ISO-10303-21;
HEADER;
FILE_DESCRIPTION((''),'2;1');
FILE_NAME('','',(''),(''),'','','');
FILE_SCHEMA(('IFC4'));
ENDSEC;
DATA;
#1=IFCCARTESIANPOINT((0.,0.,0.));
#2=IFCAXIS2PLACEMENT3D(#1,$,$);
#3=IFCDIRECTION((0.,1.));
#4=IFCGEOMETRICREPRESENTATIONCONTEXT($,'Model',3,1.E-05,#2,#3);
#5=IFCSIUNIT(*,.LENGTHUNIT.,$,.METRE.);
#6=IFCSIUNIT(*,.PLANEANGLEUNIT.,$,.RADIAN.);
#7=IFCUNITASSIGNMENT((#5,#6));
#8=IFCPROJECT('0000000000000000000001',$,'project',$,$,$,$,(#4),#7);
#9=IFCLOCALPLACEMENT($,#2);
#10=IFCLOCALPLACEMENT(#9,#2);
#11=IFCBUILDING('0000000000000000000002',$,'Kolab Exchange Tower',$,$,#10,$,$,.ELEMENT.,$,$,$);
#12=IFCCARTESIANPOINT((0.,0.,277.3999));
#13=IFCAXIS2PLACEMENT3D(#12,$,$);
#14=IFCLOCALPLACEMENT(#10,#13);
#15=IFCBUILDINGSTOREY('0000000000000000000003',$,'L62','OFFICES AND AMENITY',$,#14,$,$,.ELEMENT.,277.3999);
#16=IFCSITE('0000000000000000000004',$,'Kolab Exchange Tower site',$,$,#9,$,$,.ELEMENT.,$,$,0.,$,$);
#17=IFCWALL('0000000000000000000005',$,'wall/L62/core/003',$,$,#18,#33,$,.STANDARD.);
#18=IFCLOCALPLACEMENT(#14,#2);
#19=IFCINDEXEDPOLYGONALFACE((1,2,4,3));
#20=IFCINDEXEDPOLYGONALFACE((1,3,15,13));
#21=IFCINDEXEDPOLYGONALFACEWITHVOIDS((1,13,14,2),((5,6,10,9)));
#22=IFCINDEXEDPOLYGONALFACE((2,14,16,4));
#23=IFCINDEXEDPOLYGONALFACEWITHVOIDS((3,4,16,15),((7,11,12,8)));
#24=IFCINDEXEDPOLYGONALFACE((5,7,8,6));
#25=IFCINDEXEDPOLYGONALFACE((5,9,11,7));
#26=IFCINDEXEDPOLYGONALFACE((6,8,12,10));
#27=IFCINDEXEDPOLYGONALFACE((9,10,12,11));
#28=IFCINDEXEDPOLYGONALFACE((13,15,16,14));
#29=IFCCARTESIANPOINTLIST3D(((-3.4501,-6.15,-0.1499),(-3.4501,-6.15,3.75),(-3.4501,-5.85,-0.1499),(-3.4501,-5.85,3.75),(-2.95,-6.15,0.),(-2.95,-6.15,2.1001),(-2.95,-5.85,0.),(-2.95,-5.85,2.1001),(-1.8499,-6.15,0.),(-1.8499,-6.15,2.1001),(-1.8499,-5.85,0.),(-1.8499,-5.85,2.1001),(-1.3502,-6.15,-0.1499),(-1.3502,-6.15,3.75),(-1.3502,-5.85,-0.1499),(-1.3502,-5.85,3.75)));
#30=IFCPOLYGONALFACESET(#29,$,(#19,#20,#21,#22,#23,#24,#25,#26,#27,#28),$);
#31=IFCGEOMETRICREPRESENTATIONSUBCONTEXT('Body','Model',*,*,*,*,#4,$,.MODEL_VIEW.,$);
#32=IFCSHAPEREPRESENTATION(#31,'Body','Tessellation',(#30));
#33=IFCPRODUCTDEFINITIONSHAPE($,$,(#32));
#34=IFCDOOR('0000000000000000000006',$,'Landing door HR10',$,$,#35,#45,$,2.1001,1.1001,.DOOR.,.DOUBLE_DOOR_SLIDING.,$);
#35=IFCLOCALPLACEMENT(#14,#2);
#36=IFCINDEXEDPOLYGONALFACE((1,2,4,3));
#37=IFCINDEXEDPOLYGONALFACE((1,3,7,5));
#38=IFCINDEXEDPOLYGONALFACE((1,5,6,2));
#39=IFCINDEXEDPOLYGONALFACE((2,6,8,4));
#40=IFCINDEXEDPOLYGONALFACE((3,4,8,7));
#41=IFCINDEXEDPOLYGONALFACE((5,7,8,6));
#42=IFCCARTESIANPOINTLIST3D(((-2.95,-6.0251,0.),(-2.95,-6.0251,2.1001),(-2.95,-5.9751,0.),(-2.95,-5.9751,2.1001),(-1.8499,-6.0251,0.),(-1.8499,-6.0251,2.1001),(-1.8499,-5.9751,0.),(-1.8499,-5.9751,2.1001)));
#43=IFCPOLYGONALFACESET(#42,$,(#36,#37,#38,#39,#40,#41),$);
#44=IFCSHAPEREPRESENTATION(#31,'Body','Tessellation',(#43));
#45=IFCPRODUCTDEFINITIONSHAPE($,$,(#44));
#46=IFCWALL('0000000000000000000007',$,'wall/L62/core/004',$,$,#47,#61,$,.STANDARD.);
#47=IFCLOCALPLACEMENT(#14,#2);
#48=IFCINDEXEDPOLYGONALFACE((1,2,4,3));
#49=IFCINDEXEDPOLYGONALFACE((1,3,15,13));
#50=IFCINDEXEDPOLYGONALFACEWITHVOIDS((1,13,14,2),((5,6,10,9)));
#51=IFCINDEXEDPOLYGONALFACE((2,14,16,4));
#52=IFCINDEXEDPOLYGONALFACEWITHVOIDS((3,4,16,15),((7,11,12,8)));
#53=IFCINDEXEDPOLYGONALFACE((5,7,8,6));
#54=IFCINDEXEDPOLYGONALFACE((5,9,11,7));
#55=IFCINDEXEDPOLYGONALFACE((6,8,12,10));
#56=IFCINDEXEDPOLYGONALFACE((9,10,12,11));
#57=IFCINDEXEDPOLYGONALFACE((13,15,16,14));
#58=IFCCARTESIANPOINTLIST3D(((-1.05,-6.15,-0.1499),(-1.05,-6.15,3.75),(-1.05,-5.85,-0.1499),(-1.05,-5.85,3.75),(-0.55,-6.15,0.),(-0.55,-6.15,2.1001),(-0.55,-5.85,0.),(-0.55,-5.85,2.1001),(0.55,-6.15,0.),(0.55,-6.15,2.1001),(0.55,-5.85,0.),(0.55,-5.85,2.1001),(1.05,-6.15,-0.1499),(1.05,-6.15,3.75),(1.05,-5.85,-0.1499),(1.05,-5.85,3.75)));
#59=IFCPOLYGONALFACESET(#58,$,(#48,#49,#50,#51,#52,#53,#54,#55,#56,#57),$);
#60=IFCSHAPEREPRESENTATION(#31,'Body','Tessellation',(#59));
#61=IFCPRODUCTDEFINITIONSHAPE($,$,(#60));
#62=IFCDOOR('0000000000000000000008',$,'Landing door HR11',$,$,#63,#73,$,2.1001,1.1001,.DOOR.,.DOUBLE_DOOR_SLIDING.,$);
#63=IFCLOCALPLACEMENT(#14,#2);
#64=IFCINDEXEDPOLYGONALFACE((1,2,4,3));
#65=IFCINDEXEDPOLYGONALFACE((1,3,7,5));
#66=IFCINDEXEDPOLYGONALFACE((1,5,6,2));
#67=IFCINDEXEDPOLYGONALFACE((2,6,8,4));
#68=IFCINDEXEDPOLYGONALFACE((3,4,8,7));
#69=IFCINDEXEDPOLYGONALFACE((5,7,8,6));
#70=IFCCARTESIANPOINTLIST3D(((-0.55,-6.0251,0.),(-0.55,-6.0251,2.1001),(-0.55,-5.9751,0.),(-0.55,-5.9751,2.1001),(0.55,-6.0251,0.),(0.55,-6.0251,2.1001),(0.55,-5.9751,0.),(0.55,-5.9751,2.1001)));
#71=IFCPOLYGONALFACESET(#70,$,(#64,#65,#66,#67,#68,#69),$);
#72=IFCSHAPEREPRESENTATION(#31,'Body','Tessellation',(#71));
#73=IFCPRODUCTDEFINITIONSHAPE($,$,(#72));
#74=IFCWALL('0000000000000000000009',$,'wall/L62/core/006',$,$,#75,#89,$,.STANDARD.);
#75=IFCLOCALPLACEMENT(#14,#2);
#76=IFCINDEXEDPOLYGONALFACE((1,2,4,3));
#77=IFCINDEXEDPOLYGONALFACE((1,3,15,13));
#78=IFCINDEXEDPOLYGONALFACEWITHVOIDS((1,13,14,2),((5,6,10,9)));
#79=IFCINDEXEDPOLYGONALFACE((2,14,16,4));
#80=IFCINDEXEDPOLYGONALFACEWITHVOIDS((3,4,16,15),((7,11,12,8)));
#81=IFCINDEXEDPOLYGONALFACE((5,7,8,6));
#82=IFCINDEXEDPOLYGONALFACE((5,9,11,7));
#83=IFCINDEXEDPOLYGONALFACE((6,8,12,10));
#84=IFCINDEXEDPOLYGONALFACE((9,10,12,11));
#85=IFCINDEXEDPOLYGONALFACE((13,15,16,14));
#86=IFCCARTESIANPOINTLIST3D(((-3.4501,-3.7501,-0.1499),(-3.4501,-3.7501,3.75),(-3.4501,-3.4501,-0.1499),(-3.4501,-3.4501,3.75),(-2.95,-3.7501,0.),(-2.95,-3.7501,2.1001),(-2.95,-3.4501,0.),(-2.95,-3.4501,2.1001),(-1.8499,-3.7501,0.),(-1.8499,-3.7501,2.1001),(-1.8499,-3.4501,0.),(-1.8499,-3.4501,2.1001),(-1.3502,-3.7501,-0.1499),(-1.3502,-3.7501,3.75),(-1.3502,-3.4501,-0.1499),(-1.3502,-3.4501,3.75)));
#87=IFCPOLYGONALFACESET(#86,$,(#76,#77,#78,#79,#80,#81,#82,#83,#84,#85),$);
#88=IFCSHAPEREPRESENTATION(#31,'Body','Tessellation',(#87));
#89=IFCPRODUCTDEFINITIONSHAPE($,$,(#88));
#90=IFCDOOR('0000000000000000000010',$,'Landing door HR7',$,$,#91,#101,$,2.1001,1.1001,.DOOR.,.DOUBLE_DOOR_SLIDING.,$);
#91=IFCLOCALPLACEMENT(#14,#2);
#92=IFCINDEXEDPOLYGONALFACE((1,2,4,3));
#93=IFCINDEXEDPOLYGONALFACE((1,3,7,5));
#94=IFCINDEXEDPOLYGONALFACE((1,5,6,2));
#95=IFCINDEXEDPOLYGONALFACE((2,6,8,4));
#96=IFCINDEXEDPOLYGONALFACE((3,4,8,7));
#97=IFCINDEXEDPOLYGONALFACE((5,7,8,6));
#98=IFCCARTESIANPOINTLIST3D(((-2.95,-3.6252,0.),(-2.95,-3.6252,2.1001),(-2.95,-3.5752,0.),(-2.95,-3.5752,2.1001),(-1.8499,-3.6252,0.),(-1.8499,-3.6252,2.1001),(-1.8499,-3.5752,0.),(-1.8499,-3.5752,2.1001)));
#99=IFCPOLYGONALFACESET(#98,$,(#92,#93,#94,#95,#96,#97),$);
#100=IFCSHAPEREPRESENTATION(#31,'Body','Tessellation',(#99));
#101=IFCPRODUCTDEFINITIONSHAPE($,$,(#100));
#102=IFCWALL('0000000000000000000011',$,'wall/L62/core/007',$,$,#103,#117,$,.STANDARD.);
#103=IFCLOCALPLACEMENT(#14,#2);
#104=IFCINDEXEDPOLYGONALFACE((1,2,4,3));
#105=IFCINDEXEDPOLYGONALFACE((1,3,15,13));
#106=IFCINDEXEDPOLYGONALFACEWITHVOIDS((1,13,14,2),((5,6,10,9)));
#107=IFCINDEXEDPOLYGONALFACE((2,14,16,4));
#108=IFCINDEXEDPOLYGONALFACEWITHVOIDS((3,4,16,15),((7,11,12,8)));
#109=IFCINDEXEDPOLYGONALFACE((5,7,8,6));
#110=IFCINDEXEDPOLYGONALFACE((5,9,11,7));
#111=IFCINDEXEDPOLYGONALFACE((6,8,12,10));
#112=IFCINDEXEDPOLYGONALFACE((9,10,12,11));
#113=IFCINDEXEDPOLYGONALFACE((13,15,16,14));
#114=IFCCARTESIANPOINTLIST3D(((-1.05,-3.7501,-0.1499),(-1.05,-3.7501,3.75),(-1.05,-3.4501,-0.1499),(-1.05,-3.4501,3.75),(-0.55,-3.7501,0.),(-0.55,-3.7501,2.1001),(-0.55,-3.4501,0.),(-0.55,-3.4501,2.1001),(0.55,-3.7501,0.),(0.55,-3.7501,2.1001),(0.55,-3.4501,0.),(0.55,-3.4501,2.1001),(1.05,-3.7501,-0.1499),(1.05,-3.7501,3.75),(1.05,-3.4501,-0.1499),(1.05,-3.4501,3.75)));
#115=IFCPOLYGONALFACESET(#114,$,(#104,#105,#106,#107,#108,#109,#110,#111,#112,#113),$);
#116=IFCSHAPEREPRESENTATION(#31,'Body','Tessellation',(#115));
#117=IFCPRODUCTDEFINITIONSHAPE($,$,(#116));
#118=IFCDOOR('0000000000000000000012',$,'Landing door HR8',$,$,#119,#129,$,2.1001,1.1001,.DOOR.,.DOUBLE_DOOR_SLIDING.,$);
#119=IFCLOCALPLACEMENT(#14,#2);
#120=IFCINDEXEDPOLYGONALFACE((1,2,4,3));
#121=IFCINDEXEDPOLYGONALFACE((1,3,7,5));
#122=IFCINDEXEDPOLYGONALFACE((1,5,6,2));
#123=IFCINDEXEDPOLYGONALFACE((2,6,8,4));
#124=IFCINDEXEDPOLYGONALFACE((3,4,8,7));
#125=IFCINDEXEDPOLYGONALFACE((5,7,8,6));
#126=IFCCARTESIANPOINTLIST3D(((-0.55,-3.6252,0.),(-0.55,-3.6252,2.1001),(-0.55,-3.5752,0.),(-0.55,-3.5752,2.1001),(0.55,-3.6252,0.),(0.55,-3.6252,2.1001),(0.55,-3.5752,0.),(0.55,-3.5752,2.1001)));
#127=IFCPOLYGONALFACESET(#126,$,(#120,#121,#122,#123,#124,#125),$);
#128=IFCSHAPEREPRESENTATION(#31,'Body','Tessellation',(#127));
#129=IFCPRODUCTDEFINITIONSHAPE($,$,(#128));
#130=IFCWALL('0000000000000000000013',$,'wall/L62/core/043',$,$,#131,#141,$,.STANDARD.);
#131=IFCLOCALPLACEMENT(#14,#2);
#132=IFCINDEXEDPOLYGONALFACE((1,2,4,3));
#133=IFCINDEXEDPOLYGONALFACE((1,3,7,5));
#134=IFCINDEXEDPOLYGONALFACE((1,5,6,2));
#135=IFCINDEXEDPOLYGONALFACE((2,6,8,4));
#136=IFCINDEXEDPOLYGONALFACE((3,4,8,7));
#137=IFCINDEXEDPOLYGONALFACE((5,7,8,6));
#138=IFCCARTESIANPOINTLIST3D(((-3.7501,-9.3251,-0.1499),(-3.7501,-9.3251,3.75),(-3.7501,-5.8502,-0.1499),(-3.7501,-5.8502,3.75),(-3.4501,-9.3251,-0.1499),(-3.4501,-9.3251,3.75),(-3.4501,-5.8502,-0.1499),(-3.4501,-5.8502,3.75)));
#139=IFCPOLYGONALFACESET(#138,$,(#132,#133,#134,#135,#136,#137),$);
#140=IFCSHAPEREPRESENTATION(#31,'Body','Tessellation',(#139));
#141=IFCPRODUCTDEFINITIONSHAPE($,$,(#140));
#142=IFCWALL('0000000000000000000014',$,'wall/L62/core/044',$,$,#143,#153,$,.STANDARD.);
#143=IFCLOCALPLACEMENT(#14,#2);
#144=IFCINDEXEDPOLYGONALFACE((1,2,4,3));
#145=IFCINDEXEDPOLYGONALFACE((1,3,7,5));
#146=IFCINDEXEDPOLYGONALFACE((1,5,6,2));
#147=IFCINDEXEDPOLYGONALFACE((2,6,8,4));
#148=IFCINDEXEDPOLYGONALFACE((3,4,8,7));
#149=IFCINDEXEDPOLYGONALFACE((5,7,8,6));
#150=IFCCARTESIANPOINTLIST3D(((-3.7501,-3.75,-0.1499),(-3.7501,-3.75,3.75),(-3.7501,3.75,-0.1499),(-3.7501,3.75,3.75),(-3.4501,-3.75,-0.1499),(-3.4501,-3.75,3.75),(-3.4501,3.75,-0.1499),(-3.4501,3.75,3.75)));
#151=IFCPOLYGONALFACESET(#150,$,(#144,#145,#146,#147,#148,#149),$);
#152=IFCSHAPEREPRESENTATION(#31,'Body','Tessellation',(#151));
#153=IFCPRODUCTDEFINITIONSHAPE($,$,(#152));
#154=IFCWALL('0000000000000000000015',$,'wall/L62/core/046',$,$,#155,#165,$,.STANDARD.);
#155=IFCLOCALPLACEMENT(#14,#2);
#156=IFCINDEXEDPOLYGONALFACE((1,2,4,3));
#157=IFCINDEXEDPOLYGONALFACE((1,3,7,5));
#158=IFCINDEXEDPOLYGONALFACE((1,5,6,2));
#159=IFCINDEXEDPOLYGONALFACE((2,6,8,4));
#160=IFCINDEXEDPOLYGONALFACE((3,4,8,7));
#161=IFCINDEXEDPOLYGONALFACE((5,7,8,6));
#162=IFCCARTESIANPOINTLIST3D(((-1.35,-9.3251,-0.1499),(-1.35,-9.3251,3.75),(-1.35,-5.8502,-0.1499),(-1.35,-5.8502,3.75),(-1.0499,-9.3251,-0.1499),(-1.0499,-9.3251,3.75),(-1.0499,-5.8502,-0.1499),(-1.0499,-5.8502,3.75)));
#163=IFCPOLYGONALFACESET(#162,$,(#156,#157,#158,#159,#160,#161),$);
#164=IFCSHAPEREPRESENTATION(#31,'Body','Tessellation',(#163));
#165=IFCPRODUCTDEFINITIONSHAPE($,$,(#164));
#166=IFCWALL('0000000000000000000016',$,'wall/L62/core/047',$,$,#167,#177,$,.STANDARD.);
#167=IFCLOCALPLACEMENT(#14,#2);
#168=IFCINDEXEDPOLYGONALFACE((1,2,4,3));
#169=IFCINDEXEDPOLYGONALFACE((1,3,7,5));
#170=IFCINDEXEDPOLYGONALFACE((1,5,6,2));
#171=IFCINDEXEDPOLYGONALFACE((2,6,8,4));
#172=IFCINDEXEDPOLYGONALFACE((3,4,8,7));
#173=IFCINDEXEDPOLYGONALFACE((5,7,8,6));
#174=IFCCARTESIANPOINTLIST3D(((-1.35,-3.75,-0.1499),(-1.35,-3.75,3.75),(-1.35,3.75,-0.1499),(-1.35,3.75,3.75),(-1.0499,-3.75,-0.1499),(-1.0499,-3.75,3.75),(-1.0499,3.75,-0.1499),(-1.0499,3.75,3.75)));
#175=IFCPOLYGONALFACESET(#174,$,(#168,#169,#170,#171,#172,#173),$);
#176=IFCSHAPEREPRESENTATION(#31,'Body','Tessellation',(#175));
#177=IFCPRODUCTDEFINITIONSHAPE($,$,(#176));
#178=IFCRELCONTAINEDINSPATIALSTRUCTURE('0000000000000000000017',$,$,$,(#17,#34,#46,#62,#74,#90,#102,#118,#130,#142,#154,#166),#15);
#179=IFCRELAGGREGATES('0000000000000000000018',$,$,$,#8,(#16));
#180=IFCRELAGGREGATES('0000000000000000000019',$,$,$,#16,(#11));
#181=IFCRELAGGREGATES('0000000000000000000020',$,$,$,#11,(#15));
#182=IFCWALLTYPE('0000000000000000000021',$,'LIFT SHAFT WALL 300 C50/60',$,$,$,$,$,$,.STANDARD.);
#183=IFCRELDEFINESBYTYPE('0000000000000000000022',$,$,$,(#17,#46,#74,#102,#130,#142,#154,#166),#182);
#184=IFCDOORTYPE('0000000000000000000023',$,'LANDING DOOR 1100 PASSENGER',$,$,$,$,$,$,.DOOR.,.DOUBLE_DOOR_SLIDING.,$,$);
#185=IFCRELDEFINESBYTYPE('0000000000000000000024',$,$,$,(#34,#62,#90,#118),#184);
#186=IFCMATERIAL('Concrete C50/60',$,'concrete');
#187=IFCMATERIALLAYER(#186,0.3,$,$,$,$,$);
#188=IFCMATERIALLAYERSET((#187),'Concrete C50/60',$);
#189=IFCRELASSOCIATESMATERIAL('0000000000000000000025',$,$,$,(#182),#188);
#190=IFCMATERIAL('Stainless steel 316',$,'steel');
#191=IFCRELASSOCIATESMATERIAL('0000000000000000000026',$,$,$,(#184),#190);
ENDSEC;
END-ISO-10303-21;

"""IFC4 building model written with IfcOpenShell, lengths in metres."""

from ifc_helpers import new_model, si_unit, direction, frame, frame_2d, origin, place, context, subcontext, project, spatial, rectangle, extrude, material, layer, layer_set, type_object, element, fill, save


model = new_model("IFC4")

# Units and contexts
model_context = context("Model", 3, precision=1e-05, world=origin(), true_north=direction((0.0, 1.0)))
body_context = subcontext(model_context, "Body", "Model", "MODEL_VIEW")
ifc_project = project(units=[si_unit("LENGTHUNIT", "METRE"), si_unit("PLANEANGLEUNIT", "RADIAN")], contexts=[model_context])

# Site, building, storey
site_placement = place(None, origin())
site = spatial("IfcSite", under=ifc_project, at=site_placement, Name="Kolab Exchange Tower site", CompositionType="ELEMENT", RefElevation=0.0)
building_placement = place(site_placement, origin())
building = spatial("IfcBuilding", under=site, at=building_placement, Name="Kolab Exchange Tower", CompositionType="ELEMENT")
storey_placement = place(building_placement, frame((0.0, 0.0, 277.3999)))
storey = spatial("IfcBuildingStorey", under=building, at=storey_placement, Name="L62", Description="OFFICES AND AMENITY", CompositionType="ELEMENT", Elevation=277.3999)

# Walls, openings, doors
ifc_material_1 = material(Name="Concrete C50/60", Category="concrete")
ifc_layer_1 = layer(ifc_material_1, 0.3)
ifc_layer_set_1 = layer_set([ifc_layer_1], Name="Concrete C50/60")
wall_type_1 = type_object("IfcWallType", Name="LIFT SHAFT WALL 300 C50/60", PredefinedType="STANDARD", material=ifc_layer_set_1)
wall_1_placement = place(storey_placement, frame((-3.45, -6.0, -0.1499), z_axis=(0.0, 0.0, 1.0), x_axis=(1.0, 0.0, 0.0)))
wall_1 = element("IfcWall", 1, at=wall_1_placement, inside=storey, type_object=wall_type_1, Name="wall/L62/core/003", PredefinedType="STANDARD", context=body_context, shape_type="SweptSolid", body=[
    extrude(rectangle(XDim=2.0999, YDim=0.3, at=frame_2d((1.0498, 0.0))), origin(), (0.0, 0.0, 1.0), 3.8999),
])
opening_1_placement = place(wall_1_placement, frame((0.5, 0.0, 0.1499)))
opening_1 = element("IfcOpeningElement", 2, at=opening_1_placement, cuts=wall_1, PredefinedType="OPENING", context=body_context, shape_type="SweptSolid", body=[
    extrude(rectangle(XDim=1.1001, YDim=2.1001, at=frame_2d((0.55, 1.05))), frame((0.0, 0.1602, 0.0), z_axis=(0.0, -1.0, 0.0), x_axis=(1.0, 0.0, 0.0)), (0.0, 0.0, 1.0), 0.3201),
])
ifc_material_2 = material(Name="Stainless steel 316", Category="steel")
door_type_1 = type_object("IfcDoorType", Name="LANDING DOOR 1100 PASSENGER", OperationType="DOUBLE_DOOR_SLIDING", PredefinedType="DOOR", material=ifc_material_2)
door_1_placement = place(opening_1_placement, origin())
door_1 = element("IfcDoor", 3, at=door_1_placement, inside=storey, type_object=door_type_1, Name="Landing door HR10", OperationType="DOUBLE_DOOR_SLIDING", OverallHeight=2.1001, OverallWidth=1.1001, PredefinedType="DOOR", context=body_context, shape_type="SweptSolid", body=[
    extrude(rectangle(XDim=1.1001, YDim=2.1001, at=frame_2d((0.55, 1.05))), frame((0.0, 0.0249, 0.0), z_axis=(0.0, -1.0, 0.0), x_axis=(1.0, 0.0, 0.0)), (0.0, 0.0, 1.0), 0.05),
])
fill(opening_1, door_1)
wall_2_placement = place(storey_placement, frame((-1.05, -6.0, -0.1499), z_axis=(0.0, 0.0, 1.0), x_axis=(1.0, 0.0, 0.0)))
wall_2 = element("IfcWall", 4, at=wall_2_placement, inside=storey, type_object=wall_type_1, Name="wall/L62/core/004", PredefinedType="STANDARD", context=body_context, shape_type="SweptSolid", body=[
    extrude(rectangle(XDim=2.1001, YDim=0.3, at=frame_2d((1.05, 0.0))), origin(), (0.0, 0.0, 1.0), 3.8999),
])
opening_2_placement = place(wall_2_placement, frame((0.5, 0.0, 0.1499)))
opening_2 = element("IfcOpeningElement", 5, at=opening_2_placement, cuts=wall_2, PredefinedType="OPENING", context=body_context, shape_type="SweptSolid", body=[
    extrude(rectangle(XDim=1.1001, YDim=2.1001, at=frame_2d((0.55, 1.05))), frame((0.0, 0.1602, 0.0), z_axis=(0.0, -1.0, 0.0), x_axis=(1.0, 0.0, 0.0)), (0.0, 0.0, 1.0), 0.3201),
])
door_2_placement = place(opening_2_placement, origin())
door_2 = element("IfcDoor", 6, at=door_2_placement, inside=storey, type_object=door_type_1, Name="Landing door HR11", OperationType="DOUBLE_DOOR_SLIDING", OverallHeight=2.1001, OverallWidth=1.1001, PredefinedType="DOOR", context=body_context, shape_type="SweptSolid", body=[
    extrude(rectangle(XDim=1.1001, YDim=2.1001, at=frame_2d((0.55, 1.05))), frame((0.0, 0.0249, 0.0), z_axis=(0.0, -1.0, 0.0), x_axis=(1.0, 0.0, 0.0)), (0.0, 0.0, 1.0), 0.05),
])
fill(opening_2, door_2)
wall_3_placement = place(storey_placement, frame((-3.45, -3.6001, -0.1499), z_axis=(0.0, 0.0, 1.0), x_axis=(1.0, 0.0, 0.0)))
wall_3 = element("IfcWall", 7, at=wall_3_placement, inside=storey, type_object=wall_type_1, Name="wall/L62/core/006", PredefinedType="STANDARD", context=body_context, shape_type="SweptSolid", body=[
    extrude(rectangle(XDim=2.0999, YDim=0.3, at=frame_2d((1.0498, 0.0))), origin(), (0.0, 0.0, 1.0), 3.8999),
])
opening_3_placement = place(wall_3_placement, frame((0.5, 0.0, 0.1499)))
opening_3 = element("IfcOpeningElement", 8, at=opening_3_placement, cuts=wall_3, PredefinedType="OPENING", context=body_context, shape_type="SweptSolid", body=[
    extrude(rectangle(XDim=1.1001, YDim=2.1001, at=frame_2d((0.55, 1.05))), frame((0.0, 0.1602, 0.0), z_axis=(0.0, -1.0, 0.0), x_axis=(1.0, 0.0, 0.0)), (0.0, 0.0, 1.0), 0.3201),
])
door_3_placement = place(opening_3_placement, origin())
door_3 = element("IfcDoor", 9, at=door_3_placement, inside=storey, type_object=door_type_1, Name="Landing door HR7", OperationType="DOUBLE_DOOR_SLIDING", OverallHeight=2.1001, OverallWidth=1.1001, PredefinedType="DOOR", context=body_context, shape_type="SweptSolid", body=[
    extrude(rectangle(XDim=1.1001, YDim=2.1001, at=frame_2d((0.55, 1.05))), frame((0.0, 0.0249, 0.0), z_axis=(0.0, -1.0, 0.0), x_axis=(1.0, 0.0, 0.0)), (0.0, 0.0, 1.0), 0.05),
])
fill(opening_3, door_3)
wall_4_placement = place(storey_placement, frame((-1.05, -3.6001, -0.1499), z_axis=(0.0, 0.0, 1.0), x_axis=(1.0, 0.0, 0.0)))
wall_4 = element("IfcWall", 10, at=wall_4_placement, inside=storey, type_object=wall_type_1, Name="wall/L62/core/007", PredefinedType="STANDARD", context=body_context, shape_type="SweptSolid", body=[
    extrude(rectangle(XDim=2.1001, YDim=0.3, at=frame_2d((1.05, 0.0))), origin(), (0.0, 0.0, 1.0), 3.8999),
])
opening_4_placement = place(wall_4_placement, frame((0.5, 0.0, 0.1499)))
opening_4 = element("IfcOpeningElement", 11, at=opening_4_placement, cuts=wall_4, PredefinedType="OPENING", context=body_context, shape_type="SweptSolid", body=[
    extrude(rectangle(XDim=1.1001, YDim=2.1001, at=frame_2d((0.55, 1.05))), frame((0.0, 0.1602, 0.0), z_axis=(0.0, -1.0, 0.0), x_axis=(1.0, 0.0, 0.0)), (0.0, 0.0, 1.0), 0.3201),
])
door_4_placement = place(opening_4_placement, origin())
door_4 = element("IfcDoor", 12, at=door_4_placement, inside=storey, type_object=door_type_1, Name="Landing door HR8", OperationType="DOUBLE_DOOR_SLIDING", OverallHeight=2.1001, OverallWidth=1.1001, PredefinedType="DOOR", context=body_context, shape_type="SweptSolid", body=[
    extrude(rectangle(XDim=1.1001, YDim=2.1001, at=frame_2d((0.55, 1.05))), frame((0.0, 0.0249, 0.0), z_axis=(0.0, -1.0, 0.0), x_axis=(1.0, 0.0, 0.0)), (0.0, 0.0, 1.0), 0.05),
])
fill(opening_4, door_4)

# Walls
wall_5_placement = place(storey_placement, frame((-3.6001, -9.325, -0.1499), z_axis=(0.0, 0.0, 1.0), x_axis=(0.0, 1.0, 0.0)))
element("IfcWall", 13, at=wall_5_placement, inside=storey, type_object=wall_type_1, Name="wall/L62/core/043", PredefinedType="STANDARD", context=body_context, shape_type="SweptSolid", body=[
    extrude(rectangle(XDim=3.4749, YDim=0.3, at=frame_2d((1.7373, 0.0))), origin(), (0.0, 0.0, 1.0), 3.8999),
])
wall_6_placement = place(storey_placement, frame((-3.6001, -3.75, -0.1499), z_axis=(0.0, 0.0, 1.0), x_axis=(0.0, 1.0, 0.0)))
element("IfcWall", 14, at=wall_6_placement, inside=storey, type_object=wall_type_1, Name="wall/L62/core/044", PredefinedType="STANDARD", context=body_context, shape_type="SweptSolid", body=[
    extrude(rectangle(XDim=7.5, YDim=0.3, at=frame_2d((3.75, 0.0))), origin(), (0.0, 0.0, 1.0), 3.8999),
])
wall_7_placement = place(storey_placement, frame((-1.2, -9.325, -0.1499), z_axis=(0.0, 0.0, 1.0), x_axis=(0.0, 1.0, 0.0)))
element("IfcWall", 15, at=wall_7_placement, inside=storey, type_object=wall_type_1, Name="wall/L62/core/046", PredefinedType="STANDARD", context=body_context, shape_type="SweptSolid", body=[
    extrude(rectangle(XDim=3.4749, YDim=0.3, at=frame_2d((1.7373, 0.0))), origin(), (0.0, 0.0, 1.0), 3.8999),
])
wall_8_placement = place(storey_placement, frame((-1.2, -3.75, -0.1499), z_axis=(0.0, 0.0, 1.0), x_axis=(0.0, 1.0, 0.0)))
element("IfcWall", 16, at=wall_8_placement, inside=storey, type_object=wall_type_1, Name="wall/L62/core/047", PredefinedType="STANDARD", context=body_context, shape_type="SweptSolid", body=[
    extrude(rectangle(XDim=7.5, YDim=0.3, at=frame_2d((3.75, 0.0))), origin(), (0.0, 0.0, 1.0), 3.8999),
])

save(model, "model.ifc")
